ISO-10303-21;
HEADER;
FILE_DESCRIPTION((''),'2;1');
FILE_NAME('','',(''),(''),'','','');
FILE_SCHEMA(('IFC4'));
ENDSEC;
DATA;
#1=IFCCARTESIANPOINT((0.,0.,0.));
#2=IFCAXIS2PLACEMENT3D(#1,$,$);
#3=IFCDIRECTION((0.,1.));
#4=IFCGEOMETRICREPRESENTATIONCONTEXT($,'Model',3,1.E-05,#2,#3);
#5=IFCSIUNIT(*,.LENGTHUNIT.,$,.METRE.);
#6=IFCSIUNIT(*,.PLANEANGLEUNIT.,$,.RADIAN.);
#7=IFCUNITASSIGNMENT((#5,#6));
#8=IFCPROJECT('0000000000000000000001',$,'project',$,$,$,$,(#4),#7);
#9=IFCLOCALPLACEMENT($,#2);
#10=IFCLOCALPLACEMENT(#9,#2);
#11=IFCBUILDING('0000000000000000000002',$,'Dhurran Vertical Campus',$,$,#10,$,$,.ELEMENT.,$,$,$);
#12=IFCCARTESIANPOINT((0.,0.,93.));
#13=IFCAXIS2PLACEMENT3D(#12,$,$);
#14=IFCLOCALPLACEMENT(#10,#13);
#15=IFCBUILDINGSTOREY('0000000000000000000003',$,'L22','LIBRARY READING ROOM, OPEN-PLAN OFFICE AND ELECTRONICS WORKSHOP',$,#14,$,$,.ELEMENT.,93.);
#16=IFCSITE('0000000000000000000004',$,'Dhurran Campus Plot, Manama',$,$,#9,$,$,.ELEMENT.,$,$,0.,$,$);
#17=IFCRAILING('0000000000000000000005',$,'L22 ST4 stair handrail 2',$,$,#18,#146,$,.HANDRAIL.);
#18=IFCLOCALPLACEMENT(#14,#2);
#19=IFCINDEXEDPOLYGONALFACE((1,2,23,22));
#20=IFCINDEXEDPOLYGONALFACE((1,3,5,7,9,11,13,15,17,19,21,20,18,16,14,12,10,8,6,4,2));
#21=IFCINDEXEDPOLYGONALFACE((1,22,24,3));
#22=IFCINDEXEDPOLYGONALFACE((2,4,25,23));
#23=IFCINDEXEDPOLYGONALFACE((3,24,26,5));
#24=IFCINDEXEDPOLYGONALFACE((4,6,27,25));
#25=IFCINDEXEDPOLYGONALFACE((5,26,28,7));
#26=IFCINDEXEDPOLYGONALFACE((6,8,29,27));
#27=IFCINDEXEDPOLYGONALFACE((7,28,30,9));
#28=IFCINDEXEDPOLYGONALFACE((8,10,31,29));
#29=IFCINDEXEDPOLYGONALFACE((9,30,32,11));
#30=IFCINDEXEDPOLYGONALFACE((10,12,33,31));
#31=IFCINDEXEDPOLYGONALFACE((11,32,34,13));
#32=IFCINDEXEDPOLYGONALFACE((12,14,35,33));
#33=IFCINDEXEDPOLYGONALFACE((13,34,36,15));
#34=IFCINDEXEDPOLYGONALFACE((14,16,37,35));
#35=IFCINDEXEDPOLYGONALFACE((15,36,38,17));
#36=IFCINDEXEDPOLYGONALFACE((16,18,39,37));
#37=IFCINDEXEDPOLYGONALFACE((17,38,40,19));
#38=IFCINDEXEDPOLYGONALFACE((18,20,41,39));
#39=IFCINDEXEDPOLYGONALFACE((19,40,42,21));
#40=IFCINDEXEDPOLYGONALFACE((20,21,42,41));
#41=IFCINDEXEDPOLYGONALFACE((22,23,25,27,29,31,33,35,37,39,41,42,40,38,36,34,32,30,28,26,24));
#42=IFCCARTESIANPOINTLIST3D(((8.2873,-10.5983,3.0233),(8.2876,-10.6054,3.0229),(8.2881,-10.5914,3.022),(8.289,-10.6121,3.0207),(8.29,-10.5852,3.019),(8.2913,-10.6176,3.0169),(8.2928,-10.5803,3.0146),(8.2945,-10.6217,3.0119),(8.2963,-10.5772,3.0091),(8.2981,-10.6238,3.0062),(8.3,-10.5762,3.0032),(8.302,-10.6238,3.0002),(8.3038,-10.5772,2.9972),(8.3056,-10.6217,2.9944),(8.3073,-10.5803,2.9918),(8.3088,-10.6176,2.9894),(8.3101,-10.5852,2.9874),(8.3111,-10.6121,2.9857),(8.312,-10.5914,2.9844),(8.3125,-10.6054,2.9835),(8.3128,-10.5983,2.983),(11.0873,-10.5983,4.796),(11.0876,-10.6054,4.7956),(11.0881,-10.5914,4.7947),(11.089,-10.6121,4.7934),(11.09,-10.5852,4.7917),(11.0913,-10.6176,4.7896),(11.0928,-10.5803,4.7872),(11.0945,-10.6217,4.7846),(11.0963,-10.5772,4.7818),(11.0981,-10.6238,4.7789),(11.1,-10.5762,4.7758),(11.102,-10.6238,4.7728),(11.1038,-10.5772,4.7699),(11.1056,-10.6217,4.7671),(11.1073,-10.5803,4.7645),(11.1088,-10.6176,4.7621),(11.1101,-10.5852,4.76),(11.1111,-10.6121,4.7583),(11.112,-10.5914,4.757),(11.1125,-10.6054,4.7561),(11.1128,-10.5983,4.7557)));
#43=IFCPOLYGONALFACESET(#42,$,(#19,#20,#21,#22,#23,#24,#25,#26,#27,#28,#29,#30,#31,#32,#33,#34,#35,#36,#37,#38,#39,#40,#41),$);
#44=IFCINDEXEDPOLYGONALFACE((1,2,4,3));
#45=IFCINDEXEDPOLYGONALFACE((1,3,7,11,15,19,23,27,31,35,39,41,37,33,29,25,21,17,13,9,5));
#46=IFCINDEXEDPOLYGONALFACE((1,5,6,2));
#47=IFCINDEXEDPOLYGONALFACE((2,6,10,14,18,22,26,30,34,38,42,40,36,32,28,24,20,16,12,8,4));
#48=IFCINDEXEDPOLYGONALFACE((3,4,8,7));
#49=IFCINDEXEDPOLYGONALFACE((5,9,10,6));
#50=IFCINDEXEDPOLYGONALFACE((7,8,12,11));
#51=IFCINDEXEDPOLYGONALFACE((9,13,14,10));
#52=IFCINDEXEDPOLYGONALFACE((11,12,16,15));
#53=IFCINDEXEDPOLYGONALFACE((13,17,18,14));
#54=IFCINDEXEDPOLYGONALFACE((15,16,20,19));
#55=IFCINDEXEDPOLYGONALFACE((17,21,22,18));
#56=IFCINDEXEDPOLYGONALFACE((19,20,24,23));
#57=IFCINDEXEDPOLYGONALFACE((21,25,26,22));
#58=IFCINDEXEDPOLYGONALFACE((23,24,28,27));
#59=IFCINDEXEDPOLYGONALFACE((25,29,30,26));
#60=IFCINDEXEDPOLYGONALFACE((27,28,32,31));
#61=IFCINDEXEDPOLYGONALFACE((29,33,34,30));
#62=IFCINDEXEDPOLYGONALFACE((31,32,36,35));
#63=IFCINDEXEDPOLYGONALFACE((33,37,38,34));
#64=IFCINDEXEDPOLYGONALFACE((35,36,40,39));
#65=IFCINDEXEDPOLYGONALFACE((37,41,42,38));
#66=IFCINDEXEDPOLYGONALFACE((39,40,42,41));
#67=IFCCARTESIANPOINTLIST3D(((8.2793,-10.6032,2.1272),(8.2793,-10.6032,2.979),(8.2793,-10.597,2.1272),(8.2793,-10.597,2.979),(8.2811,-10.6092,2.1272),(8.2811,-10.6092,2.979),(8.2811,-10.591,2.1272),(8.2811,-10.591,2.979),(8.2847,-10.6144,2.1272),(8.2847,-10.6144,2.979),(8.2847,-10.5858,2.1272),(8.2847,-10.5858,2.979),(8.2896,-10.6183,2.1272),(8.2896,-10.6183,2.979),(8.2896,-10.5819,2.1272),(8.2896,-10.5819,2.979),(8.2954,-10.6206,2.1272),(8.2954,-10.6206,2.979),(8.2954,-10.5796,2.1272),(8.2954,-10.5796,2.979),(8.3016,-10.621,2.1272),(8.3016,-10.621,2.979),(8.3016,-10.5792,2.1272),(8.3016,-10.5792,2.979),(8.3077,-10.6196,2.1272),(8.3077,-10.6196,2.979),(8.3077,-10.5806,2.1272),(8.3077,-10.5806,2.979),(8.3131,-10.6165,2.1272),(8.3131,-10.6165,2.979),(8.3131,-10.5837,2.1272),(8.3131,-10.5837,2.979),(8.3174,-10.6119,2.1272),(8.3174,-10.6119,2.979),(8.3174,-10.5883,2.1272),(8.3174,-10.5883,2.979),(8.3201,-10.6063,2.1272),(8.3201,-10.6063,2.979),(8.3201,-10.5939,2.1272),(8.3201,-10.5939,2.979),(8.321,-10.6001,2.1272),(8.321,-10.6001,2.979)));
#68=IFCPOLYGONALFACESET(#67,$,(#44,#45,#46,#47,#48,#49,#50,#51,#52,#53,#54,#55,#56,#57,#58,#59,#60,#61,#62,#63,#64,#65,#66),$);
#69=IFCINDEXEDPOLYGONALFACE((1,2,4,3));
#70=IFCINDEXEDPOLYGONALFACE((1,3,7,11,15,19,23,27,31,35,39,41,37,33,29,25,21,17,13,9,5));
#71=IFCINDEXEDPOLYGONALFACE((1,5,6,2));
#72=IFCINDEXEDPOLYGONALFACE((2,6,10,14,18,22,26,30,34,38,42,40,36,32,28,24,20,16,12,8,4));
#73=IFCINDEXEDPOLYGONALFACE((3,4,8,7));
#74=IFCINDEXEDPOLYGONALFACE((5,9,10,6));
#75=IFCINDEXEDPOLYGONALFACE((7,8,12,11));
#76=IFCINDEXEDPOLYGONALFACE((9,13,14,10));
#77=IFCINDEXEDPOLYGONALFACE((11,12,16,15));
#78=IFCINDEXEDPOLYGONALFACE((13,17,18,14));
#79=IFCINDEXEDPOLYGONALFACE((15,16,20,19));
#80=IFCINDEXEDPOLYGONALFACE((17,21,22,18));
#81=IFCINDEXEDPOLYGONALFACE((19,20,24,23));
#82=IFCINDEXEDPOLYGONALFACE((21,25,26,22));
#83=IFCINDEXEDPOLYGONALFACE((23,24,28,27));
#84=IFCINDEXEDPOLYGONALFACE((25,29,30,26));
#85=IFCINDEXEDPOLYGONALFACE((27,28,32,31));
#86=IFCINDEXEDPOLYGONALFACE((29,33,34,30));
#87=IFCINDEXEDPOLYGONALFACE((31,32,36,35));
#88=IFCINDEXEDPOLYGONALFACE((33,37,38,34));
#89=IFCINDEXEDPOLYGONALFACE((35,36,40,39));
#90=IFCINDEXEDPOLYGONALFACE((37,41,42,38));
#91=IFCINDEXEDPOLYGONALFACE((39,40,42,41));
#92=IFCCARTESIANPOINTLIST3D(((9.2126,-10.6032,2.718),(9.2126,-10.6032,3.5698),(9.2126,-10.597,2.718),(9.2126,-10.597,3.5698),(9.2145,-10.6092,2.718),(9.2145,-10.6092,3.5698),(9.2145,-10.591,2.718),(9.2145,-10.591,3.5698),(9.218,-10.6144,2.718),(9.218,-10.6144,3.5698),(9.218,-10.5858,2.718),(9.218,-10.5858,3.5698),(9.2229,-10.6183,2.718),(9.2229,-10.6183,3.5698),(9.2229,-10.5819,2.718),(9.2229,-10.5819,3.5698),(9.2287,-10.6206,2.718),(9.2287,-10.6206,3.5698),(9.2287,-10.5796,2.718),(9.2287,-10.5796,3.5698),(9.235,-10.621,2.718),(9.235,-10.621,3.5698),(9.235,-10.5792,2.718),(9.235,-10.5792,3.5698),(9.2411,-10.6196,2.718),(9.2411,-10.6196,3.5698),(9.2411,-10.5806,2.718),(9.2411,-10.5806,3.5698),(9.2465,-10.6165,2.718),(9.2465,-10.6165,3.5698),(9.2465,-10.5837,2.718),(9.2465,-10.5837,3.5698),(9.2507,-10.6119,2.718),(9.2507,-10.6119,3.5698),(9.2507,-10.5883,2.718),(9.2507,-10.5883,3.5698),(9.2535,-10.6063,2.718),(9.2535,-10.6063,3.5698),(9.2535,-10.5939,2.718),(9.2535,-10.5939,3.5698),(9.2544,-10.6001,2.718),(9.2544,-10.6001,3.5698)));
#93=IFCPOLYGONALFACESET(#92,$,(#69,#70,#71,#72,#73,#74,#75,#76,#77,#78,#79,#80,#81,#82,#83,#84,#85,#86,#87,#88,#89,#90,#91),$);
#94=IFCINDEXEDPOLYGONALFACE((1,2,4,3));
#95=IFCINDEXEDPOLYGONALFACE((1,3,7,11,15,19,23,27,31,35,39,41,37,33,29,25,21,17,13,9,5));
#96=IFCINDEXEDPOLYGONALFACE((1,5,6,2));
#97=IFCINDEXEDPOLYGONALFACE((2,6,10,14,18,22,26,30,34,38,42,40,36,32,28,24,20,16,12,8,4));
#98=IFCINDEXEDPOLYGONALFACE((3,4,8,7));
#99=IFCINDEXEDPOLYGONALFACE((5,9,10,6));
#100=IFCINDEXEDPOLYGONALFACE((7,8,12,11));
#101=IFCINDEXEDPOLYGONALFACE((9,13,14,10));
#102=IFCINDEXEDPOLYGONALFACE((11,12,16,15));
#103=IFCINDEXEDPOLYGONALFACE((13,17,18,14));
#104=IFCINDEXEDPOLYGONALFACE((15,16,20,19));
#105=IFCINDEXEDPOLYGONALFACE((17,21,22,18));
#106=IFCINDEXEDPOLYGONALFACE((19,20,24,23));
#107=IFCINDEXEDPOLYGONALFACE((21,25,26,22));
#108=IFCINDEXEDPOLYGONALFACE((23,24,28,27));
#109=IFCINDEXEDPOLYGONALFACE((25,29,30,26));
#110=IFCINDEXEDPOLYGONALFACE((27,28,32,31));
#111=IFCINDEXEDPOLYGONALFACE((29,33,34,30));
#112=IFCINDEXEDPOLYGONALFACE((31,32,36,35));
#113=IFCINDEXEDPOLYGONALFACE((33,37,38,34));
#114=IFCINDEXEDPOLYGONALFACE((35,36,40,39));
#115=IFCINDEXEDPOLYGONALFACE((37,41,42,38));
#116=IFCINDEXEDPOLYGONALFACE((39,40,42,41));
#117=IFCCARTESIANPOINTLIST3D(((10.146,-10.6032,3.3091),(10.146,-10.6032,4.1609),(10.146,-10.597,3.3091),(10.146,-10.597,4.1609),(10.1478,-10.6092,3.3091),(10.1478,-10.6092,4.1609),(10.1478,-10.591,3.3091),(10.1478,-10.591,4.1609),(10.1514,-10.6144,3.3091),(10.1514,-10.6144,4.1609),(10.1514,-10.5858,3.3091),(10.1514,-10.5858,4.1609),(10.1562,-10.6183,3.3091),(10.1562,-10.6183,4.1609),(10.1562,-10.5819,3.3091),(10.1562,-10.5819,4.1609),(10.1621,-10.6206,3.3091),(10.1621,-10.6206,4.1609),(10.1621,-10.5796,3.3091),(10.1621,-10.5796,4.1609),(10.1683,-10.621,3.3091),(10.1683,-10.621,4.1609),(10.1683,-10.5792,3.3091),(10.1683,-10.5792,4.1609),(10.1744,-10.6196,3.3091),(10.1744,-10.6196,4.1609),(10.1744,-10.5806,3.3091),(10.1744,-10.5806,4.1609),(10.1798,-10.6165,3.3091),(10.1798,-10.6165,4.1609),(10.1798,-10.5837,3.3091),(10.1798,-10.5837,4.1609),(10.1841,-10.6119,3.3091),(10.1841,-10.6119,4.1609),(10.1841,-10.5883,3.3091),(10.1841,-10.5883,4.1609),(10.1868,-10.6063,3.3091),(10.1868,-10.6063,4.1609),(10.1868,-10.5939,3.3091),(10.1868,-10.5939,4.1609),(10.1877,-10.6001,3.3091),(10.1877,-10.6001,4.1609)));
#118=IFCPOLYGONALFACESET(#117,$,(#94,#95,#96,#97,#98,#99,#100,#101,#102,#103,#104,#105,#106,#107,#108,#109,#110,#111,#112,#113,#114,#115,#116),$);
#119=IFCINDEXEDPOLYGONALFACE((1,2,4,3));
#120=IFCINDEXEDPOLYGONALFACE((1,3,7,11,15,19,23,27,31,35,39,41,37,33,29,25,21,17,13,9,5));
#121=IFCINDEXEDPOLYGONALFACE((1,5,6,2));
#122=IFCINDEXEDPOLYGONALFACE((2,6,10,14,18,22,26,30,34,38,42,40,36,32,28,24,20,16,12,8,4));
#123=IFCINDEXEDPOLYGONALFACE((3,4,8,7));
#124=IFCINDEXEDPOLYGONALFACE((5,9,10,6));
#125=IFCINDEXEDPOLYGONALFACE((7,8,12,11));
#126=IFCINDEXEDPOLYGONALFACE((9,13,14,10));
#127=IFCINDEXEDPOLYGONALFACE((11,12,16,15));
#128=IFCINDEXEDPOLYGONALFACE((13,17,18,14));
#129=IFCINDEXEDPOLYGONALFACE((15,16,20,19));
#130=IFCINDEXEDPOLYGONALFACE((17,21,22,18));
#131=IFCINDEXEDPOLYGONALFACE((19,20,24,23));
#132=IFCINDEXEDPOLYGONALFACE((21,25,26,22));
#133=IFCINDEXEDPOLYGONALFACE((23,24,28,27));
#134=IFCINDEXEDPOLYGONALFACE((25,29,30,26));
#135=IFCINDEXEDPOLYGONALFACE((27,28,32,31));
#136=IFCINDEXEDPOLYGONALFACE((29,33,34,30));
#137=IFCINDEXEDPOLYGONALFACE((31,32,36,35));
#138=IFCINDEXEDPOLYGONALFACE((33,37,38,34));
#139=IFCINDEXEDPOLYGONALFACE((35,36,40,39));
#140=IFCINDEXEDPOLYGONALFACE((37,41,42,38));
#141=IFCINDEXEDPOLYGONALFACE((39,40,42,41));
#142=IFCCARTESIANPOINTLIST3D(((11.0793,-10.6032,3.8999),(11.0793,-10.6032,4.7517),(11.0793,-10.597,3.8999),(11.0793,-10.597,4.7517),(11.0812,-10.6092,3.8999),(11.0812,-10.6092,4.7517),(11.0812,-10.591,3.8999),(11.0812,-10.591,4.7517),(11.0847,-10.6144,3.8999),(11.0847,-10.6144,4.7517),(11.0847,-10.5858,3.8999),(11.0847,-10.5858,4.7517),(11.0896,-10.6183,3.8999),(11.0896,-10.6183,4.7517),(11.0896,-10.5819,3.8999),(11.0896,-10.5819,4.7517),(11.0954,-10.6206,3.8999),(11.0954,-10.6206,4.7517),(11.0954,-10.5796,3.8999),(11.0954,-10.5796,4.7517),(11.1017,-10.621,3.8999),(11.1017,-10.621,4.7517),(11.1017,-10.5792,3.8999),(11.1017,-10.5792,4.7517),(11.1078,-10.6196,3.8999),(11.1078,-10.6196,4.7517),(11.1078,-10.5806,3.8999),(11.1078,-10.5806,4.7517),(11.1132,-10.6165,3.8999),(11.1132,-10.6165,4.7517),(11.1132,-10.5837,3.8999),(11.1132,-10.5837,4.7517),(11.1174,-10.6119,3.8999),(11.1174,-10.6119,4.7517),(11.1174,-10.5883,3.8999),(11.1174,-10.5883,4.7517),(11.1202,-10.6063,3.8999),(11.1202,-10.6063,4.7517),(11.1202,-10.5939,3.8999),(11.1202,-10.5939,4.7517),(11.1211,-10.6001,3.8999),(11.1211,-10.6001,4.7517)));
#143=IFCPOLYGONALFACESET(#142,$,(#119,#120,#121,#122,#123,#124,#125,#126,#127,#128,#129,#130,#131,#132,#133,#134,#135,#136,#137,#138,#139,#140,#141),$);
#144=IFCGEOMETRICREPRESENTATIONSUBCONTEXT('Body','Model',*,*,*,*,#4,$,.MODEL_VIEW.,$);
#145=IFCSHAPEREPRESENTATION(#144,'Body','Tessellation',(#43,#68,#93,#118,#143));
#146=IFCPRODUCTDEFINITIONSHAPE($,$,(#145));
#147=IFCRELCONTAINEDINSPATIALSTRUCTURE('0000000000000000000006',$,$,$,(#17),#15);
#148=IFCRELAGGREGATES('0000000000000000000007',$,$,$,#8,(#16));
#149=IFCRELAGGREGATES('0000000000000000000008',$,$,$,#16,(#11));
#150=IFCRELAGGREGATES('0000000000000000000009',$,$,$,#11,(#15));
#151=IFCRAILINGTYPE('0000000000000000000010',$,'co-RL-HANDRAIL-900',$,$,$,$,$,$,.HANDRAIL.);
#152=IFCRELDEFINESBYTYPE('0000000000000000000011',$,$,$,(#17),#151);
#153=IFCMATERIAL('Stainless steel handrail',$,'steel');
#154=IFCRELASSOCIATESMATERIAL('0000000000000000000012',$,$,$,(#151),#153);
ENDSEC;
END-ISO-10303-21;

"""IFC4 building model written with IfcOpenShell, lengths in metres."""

from ifc_helpers import new_model, si_unit, direction, frame, origin, origin_2d, place, context, subcontext, project, spatial, circle, extrude, material, type_object, element, save


model = new_model("IFC4")

# Units and contexts
model_context = context("Model", 3, precision=1e-05, world=origin(), true_north=direction((0.0, 1.0)))
body_context = subcontext(model_context, "Body", "Model", "MODEL_VIEW")
ifc_project = project(units=[si_unit("LENGTHUNIT", "METRE"), si_unit("PLANEANGLEUNIT", "RADIAN")], contexts=[model_context])

# Site, building, storey
site_placement = place(None, origin())
site = spatial("IfcSite", under=ifc_project, at=site_placement, Name="Dhurran Campus Plot, Manama", CompositionType="ELEMENT", RefElevation=0.0)
building_placement = place(site_placement, origin())
building = spatial("IfcBuilding", under=site, at=building_placement, Name="Dhurran Vertical Campus", CompositionType="ELEMENT")
storey_placement = place(building_placement, frame((0.0, 0.0, 93.0)))
storey = spatial("IfcBuildingStorey", under=building, at=storey_placement, Name="L22", Description="LIBRARY READING ROOM, OPEN-PLAN OFFICE AND ELECTRONICS WORKSHOP", CompositionType="ELEMENT", Elevation=93.0)

# Railing
ifc_material_1 = material(Name="Stainless steel handrail", Category="steel")
railing_type = type_object("IfcRailingType", Name="co-RL-HANDRAIL-900", PredefinedType="HANDRAIL", material=ifc_material_1)
railing_placement = place(storey_placement, frame((8.3, -10.6001, 2.1272)))
element("IfcRailing", 1, at=railing_placement, inside=storey, type_object=railing_type, Name="L22 ST4 stair handrail 2", PredefinedType="HANDRAIL", context=body_context, shape_type="SweptSolid", body=[
    extrude(circle(Radius=0.0239, at=origin_2d()), frame((0.0, 0.0, 0.876), z_axis=(0.844909, 0.0, 0.53491), x_axis=(0.0, 1.0, 0.0)), (0.0, 0.0, 1.0), 3.314),
    extrude(circle(Radius=0.021, at=origin_2d()), origin(), (0.0, 0.0, 1.0), 0.8518),
    extrude(circle(Radius=0.021, at=origin_2d()), frame((0.9333, 0.0, 0.5908)), (0.0, 0.0, 1.0), 0.8518),
    extrude(circle(Radius=0.021, at=origin_2d()), frame((1.8667, 0.0, 1.1819)), (0.0, 0.0, 1.0), 0.8518),
    extrude(circle(Radius=0.021, at=origin_2d()), frame((2.8, 0.0, 1.7727)), (0.0, 0.0, 1.0), 0.8518),
])

save(model, "model.ifc")
